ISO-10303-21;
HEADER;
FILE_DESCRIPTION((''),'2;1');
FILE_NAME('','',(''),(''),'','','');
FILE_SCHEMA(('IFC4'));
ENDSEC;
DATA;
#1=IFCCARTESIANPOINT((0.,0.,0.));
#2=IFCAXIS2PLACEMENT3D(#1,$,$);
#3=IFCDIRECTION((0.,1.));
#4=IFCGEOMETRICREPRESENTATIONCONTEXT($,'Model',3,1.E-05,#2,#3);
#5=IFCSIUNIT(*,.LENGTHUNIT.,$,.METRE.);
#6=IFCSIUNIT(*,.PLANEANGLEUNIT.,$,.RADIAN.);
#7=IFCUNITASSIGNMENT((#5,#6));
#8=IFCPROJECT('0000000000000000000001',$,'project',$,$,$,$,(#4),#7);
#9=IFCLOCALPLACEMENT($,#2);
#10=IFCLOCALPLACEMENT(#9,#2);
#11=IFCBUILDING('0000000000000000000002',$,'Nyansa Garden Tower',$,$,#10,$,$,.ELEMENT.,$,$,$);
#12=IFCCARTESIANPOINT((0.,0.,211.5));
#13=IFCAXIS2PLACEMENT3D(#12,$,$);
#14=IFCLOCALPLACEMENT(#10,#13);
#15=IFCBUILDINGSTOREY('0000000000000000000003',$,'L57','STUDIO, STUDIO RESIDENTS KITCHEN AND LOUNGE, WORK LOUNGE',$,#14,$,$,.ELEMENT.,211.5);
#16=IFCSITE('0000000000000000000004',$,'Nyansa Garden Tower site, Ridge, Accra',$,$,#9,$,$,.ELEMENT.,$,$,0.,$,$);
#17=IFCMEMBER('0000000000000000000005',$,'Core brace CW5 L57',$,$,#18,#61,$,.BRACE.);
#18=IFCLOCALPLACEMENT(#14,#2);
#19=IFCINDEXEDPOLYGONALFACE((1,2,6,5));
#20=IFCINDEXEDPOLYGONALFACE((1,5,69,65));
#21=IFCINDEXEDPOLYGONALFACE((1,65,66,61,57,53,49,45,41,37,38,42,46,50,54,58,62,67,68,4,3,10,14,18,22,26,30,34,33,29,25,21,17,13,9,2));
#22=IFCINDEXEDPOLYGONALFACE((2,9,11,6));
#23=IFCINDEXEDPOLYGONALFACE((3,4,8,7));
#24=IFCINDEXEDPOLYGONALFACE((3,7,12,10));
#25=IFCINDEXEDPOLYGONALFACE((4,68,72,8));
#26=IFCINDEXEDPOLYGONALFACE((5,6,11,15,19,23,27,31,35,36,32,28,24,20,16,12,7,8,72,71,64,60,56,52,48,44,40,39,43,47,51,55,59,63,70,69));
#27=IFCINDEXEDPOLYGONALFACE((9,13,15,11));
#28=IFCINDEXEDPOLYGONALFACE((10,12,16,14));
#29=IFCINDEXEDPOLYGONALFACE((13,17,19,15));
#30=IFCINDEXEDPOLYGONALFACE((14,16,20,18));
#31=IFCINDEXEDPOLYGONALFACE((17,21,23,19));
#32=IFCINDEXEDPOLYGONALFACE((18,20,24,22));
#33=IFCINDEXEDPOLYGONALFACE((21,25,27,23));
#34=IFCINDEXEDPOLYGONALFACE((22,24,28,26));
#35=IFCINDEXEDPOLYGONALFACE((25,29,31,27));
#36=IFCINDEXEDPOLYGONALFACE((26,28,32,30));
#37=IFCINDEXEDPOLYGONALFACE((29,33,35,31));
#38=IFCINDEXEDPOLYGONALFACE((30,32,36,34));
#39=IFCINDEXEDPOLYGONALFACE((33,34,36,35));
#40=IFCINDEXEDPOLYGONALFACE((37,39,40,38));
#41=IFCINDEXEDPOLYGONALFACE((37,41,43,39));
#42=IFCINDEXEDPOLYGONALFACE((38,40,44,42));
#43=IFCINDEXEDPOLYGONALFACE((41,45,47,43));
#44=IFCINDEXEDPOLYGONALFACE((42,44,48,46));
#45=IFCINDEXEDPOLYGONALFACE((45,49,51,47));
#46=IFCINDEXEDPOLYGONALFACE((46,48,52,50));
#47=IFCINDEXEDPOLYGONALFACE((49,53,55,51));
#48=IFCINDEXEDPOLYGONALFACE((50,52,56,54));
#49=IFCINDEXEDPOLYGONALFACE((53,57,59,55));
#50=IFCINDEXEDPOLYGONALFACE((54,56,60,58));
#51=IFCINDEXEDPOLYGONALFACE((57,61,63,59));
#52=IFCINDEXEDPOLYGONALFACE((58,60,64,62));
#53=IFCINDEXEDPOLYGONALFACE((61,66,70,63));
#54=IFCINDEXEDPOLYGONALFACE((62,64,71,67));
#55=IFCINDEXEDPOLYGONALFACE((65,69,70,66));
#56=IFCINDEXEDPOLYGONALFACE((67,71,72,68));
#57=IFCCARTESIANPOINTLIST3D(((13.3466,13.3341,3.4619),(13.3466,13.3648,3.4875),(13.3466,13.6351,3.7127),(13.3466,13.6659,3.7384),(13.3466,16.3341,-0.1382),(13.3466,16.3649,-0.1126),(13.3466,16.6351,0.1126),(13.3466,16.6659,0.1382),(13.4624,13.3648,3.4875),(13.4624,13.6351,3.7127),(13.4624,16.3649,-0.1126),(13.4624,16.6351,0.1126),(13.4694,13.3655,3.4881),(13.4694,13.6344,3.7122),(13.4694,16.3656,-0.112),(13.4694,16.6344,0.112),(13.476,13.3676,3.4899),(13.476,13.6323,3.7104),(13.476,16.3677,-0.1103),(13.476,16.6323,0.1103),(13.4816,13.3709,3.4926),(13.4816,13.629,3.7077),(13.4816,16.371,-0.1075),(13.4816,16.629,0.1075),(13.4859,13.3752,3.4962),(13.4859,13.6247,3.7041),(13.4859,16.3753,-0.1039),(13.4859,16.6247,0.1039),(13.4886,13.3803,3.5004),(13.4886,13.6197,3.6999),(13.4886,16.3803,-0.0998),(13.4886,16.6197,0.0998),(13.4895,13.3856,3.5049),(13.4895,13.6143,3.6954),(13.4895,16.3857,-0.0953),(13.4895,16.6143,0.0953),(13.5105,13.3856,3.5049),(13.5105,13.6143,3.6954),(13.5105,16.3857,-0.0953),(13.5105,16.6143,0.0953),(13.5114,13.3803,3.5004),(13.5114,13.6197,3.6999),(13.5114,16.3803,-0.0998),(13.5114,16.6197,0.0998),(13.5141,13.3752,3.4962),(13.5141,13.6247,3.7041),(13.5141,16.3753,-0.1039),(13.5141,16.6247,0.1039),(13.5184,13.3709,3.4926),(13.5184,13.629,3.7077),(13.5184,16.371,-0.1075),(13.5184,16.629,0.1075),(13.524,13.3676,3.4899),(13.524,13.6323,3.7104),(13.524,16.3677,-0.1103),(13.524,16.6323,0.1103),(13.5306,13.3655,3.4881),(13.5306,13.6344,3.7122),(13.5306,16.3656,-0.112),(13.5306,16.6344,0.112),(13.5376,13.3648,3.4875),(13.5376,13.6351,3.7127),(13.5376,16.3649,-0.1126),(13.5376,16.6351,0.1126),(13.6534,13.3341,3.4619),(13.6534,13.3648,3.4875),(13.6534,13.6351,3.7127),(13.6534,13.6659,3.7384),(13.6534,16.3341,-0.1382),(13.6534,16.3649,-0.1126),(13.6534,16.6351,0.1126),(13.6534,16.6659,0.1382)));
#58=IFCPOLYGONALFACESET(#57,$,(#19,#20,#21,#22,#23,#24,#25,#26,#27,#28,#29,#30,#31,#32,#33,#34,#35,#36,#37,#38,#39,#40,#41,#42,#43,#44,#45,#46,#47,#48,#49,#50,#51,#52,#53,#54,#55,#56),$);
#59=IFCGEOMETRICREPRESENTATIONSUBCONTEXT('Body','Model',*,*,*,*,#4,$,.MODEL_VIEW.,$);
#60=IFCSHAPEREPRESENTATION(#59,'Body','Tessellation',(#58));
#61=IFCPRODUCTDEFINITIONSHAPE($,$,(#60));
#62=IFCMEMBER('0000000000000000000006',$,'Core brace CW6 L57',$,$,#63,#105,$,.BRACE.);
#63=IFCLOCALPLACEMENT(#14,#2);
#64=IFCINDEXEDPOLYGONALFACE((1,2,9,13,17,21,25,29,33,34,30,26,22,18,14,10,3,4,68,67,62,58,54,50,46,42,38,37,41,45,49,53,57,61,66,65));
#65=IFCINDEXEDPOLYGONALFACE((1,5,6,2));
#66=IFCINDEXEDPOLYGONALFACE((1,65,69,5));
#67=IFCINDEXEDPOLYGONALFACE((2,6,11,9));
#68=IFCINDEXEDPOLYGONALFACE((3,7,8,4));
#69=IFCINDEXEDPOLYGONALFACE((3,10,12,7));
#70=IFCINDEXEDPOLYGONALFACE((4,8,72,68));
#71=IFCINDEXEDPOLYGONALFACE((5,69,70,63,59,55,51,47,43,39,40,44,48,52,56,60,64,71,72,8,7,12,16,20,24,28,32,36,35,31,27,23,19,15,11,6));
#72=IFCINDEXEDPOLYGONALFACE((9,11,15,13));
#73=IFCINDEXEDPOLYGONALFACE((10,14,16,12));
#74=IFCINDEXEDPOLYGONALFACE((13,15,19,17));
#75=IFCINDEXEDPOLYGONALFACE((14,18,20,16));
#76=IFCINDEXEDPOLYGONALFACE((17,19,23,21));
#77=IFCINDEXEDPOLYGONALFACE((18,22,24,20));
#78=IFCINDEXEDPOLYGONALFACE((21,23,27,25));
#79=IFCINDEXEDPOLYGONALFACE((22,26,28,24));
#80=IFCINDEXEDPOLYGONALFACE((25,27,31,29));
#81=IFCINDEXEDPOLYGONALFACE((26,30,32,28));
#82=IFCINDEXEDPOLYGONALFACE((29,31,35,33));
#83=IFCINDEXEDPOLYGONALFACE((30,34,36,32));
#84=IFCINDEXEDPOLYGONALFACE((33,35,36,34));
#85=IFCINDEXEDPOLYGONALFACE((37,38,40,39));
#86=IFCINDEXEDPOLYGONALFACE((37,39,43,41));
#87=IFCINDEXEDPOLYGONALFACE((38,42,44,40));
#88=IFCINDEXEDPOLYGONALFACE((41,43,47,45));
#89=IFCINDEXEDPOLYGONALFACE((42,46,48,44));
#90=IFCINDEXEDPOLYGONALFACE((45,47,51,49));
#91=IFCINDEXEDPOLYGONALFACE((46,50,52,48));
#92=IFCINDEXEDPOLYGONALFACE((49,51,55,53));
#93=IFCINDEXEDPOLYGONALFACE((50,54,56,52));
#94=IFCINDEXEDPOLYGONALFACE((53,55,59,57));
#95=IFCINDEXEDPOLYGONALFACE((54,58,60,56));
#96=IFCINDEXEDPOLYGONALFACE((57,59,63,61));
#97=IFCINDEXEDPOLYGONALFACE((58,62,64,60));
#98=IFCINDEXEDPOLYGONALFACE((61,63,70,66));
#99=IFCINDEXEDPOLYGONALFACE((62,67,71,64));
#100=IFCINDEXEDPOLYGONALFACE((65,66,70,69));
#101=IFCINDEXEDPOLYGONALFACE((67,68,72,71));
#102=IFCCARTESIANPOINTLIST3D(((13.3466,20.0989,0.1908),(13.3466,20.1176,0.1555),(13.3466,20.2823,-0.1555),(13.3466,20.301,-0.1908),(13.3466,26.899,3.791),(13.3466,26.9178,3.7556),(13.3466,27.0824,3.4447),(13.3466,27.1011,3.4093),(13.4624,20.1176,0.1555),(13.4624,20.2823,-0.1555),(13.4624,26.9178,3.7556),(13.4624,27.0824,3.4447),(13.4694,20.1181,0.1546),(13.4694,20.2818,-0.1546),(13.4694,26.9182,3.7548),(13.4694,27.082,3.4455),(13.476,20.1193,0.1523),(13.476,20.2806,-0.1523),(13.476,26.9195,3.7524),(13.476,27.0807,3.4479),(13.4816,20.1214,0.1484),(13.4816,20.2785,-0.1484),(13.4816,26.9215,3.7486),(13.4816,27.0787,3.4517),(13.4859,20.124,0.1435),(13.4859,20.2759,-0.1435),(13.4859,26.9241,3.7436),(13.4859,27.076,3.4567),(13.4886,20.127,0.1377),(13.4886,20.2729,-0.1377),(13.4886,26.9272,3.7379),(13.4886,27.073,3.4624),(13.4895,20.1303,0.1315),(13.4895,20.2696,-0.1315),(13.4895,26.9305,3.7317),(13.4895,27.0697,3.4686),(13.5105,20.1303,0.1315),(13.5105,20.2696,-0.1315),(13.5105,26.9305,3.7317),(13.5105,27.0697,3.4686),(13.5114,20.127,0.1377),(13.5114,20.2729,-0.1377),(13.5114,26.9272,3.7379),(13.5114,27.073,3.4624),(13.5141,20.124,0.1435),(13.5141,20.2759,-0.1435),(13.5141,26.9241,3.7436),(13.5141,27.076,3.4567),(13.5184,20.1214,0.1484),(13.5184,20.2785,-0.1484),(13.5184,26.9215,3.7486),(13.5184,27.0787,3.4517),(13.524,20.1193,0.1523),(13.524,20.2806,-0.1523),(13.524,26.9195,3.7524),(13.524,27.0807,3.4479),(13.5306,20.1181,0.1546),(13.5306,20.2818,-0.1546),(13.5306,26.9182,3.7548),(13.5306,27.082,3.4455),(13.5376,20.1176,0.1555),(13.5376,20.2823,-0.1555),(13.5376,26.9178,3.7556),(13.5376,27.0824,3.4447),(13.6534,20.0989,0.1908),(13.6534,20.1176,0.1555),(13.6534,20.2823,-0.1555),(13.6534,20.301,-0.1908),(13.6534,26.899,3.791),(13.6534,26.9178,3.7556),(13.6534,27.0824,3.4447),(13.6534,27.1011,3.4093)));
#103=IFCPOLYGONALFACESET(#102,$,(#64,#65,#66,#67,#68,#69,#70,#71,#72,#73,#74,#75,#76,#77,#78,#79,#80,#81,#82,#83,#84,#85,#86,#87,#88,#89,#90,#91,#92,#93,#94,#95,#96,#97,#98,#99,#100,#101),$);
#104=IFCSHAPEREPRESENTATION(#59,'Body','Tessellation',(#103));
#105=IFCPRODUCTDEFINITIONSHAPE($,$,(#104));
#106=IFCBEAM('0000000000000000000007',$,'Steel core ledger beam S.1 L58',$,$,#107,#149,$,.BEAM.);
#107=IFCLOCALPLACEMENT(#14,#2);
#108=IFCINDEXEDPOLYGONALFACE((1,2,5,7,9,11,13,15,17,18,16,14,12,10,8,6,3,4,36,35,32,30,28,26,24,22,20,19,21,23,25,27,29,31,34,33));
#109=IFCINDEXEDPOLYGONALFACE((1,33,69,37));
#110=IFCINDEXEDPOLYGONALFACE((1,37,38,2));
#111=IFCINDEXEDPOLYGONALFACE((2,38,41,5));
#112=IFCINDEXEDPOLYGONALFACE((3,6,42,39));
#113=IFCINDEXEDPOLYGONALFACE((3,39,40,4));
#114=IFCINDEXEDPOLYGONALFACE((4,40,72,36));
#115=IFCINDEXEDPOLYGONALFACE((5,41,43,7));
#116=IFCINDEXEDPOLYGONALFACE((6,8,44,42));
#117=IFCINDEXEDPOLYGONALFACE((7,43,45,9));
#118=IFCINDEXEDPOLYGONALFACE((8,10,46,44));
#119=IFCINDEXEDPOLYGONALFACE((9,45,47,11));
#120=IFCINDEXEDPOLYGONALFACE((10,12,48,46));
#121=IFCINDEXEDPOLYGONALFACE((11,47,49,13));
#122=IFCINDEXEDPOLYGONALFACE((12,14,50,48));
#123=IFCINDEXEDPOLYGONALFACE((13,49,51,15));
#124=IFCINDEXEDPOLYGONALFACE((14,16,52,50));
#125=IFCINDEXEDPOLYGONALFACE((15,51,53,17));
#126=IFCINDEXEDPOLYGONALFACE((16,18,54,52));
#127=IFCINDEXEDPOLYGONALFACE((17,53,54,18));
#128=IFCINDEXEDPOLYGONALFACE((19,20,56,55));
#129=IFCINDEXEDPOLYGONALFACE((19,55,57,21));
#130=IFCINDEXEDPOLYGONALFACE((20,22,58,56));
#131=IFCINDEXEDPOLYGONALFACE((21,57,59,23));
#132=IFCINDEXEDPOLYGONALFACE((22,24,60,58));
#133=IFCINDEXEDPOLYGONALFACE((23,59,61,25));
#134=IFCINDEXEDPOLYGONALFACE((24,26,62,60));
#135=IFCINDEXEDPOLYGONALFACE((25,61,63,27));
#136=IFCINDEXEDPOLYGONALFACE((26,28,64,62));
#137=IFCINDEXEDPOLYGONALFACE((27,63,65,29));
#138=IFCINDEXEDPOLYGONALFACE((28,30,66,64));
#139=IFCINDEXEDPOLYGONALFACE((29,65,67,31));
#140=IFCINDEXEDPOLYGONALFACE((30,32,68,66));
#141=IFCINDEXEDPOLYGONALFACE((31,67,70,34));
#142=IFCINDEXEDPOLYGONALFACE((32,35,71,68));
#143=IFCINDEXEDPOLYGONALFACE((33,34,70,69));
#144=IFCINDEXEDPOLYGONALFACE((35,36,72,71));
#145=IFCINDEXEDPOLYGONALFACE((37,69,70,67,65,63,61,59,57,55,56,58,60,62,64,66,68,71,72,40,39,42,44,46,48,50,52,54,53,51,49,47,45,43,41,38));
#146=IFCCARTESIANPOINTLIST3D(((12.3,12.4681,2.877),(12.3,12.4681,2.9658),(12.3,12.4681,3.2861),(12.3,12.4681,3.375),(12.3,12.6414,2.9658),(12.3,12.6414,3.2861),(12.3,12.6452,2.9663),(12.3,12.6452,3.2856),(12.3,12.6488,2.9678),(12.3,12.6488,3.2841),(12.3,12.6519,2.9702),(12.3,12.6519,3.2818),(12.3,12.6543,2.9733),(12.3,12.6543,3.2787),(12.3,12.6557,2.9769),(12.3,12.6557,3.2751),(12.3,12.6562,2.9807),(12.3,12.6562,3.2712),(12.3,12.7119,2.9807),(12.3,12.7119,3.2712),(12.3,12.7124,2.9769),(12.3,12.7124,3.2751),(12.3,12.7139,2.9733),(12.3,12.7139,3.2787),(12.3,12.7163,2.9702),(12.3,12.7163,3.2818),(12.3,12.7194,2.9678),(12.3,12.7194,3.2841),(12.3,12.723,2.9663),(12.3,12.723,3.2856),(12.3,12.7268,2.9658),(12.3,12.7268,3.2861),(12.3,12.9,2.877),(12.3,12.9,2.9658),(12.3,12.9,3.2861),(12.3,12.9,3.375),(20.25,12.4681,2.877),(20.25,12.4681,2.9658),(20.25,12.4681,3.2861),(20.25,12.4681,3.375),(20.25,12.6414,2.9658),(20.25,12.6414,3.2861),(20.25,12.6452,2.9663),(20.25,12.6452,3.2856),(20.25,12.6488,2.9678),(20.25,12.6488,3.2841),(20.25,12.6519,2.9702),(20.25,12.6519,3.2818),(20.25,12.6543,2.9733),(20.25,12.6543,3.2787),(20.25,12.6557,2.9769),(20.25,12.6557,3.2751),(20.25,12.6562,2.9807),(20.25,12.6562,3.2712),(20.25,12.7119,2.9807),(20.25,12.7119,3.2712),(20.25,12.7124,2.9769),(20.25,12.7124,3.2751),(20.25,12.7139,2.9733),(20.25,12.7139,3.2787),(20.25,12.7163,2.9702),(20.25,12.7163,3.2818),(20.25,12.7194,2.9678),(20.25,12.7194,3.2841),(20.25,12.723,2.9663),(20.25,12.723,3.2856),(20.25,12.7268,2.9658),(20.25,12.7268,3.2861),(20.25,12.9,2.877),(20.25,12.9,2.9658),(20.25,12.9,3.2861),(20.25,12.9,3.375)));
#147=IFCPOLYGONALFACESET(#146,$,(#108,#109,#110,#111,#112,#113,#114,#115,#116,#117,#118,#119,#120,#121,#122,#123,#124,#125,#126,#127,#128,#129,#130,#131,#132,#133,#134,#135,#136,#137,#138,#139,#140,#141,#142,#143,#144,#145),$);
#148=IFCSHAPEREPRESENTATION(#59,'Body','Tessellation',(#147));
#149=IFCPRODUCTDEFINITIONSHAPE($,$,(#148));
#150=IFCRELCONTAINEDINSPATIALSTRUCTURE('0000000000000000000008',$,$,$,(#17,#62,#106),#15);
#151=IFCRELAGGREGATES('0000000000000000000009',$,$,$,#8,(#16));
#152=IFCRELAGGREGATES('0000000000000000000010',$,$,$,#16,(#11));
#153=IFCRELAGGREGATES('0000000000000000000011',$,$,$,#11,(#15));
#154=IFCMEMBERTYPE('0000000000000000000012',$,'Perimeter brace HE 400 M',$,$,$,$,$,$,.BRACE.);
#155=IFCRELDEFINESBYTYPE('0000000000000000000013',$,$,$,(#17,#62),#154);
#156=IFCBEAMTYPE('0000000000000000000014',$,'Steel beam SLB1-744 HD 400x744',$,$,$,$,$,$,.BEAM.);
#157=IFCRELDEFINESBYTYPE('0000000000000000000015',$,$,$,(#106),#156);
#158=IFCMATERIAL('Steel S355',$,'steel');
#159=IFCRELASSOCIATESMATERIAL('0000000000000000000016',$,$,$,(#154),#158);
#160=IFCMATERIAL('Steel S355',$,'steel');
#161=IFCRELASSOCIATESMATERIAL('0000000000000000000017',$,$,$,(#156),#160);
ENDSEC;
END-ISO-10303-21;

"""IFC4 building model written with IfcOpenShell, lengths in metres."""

from ifc_helpers import new_model, si_unit, direction, frame, origin, origin_2d, place, context, subcontext, project, spatial, i_section, extrude, material, material_profile, profile_set, type_object, element, save


model = new_model("IFC4")

# Units and contexts
model_context = context("Model", 3, precision=1e-05, world=origin(), true_north=direction((0.0, 1.0)))
body_context = subcontext(model_context, "Body", "Model", "MODEL_VIEW")
ifc_project = project(units=[si_unit("LENGTHUNIT", "METRE"), si_unit("PLANEANGLEUNIT", "RADIAN")], contexts=[model_context])

# Site, building, storey
site_placement = place(None, origin())
site = spatial("IfcSite", under=ifc_project, at=site_placement, Name="Nyansa Garden Tower site, Ridge, Accra", CompositionType="ELEMENT", RefElevation=0.0)
building_placement = place(site_placement, origin())
building = spatial("IfcBuilding", under=site, at=building_placement, Name="Nyansa Garden Tower", CompositionType="ELEMENT")
storey_placement = place(building_placement, frame((0.0, 0.0, 211.5)))
storey = spatial("IfcBuildingStorey", under=building, at=storey_placement, Name="L57", Description="STUDIO, STUDIO RESIDENTS KITCHEN AND LOUNGE, WORK LOUNGE", CompositionType="ELEMENT", Elevation=211.5)

# Members
ifc_material_1 = material(Name="Steel S355", Category="steel")
ifc_material_profile_1 = material_profile(ifc_material_1, i_section(OverallWidth=0.3069, OverallDepth=0.4319, WebThickness=0.021, FlangeThickness=0.04, FilletRadius=0.0271, at=origin_2d()), Name="HE 400 M")
ifc_profile_set_1 = profile_set([ifc_material_profile_1], Name="Steel S355")
member_type = type_object("IfcMemberType", Name="Perimeter brace HE 400 M", PredefinedType="BRACE", material=ifc_profile_set_1)
member_1_placement = place(storey_placement, frame((13.5, 16.5, 0.0), z_axis=(0.0, -0.640174, 0.76823), x_axis=(1.0, 0.0, 0.0)))
element("IfcMember", 1, at=member_1_placement, inside=storey, type_object=member_type, Name="Core brace CW5 L57", PredefinedType="BRACE", context=body_context, shape_type="SweptSolid", body=[
    extrude(i_section(OverallWidth=0.3069, OverallDepth=0.4319, WebThickness=0.021, FlangeThickness=0.04, FilletRadius=0.0271, at=origin_2d()), origin(), (0.0, 0.0, 1.0), 4.6863),
])
member_2_placement = place(storey_placement, frame((13.5, 20.2, 0.0), z_axis=(0.0, 0.883784, 0.467895), x_axis=(-1.0, 0.0, 0.0)))
element("IfcMember", 2, at=member_2_placement, inside=storey, type_object=member_type, Name="Core brace CW6 L57", PredefinedType="BRACE", context=body_context, shape_type="SweptSolid", body=[
    extrude(i_section(OverallWidth=0.3069, OverallDepth=0.4319, WebThickness=0.021, FlangeThickness=0.04, FilletRadius=0.0271, at=origin_2d()), origin(), (0.0, 0.0, 1.0), 7.6943),
])

# Beam
ifc_material_2 = material(Name="Steel S355", Category="steel")
ifc_material_profile_2 = material_profile(ifc_material_2, i_section(OverallWidth=0.4319, OverallDepth=0.498, WebThickness=0.0557, FlangeThickness=0.0889, FilletRadius=0.0149, at=origin_2d()), Name="HD 400x744")
ifc_profile_set_2 = profile_set([ifc_material_profile_2], Name="Steel S355")
beam_type = type_object("IfcBeamType", Name="Steel beam SLB1-744 HD 400x744", PredefinedType="BEAM", material=ifc_profile_set_2)
beam_placement = place(storey_placement, frame((12.3, 12.6841, 3.126), z_axis=(1.0, 0.0, 0.0), x_axis=(0.0, 1.0, 0.0)))
element("IfcBeam", 3, at=beam_placement, inside=storey, type_object=beam_type, Name="Steel core ledger beam S.1 L58", PredefinedType="BEAM", context=body_context, shape_type="SweptSolid", body=[
    extrude(i_section(OverallWidth=0.4319, OverallDepth=0.498, WebThickness=0.0557, FlangeThickness=0.0889, FilletRadius=0.0149, at=origin_2d()), origin(), (0.0, 0.0, 1.0), 7.95),
])

save(model, "model.ifc")
